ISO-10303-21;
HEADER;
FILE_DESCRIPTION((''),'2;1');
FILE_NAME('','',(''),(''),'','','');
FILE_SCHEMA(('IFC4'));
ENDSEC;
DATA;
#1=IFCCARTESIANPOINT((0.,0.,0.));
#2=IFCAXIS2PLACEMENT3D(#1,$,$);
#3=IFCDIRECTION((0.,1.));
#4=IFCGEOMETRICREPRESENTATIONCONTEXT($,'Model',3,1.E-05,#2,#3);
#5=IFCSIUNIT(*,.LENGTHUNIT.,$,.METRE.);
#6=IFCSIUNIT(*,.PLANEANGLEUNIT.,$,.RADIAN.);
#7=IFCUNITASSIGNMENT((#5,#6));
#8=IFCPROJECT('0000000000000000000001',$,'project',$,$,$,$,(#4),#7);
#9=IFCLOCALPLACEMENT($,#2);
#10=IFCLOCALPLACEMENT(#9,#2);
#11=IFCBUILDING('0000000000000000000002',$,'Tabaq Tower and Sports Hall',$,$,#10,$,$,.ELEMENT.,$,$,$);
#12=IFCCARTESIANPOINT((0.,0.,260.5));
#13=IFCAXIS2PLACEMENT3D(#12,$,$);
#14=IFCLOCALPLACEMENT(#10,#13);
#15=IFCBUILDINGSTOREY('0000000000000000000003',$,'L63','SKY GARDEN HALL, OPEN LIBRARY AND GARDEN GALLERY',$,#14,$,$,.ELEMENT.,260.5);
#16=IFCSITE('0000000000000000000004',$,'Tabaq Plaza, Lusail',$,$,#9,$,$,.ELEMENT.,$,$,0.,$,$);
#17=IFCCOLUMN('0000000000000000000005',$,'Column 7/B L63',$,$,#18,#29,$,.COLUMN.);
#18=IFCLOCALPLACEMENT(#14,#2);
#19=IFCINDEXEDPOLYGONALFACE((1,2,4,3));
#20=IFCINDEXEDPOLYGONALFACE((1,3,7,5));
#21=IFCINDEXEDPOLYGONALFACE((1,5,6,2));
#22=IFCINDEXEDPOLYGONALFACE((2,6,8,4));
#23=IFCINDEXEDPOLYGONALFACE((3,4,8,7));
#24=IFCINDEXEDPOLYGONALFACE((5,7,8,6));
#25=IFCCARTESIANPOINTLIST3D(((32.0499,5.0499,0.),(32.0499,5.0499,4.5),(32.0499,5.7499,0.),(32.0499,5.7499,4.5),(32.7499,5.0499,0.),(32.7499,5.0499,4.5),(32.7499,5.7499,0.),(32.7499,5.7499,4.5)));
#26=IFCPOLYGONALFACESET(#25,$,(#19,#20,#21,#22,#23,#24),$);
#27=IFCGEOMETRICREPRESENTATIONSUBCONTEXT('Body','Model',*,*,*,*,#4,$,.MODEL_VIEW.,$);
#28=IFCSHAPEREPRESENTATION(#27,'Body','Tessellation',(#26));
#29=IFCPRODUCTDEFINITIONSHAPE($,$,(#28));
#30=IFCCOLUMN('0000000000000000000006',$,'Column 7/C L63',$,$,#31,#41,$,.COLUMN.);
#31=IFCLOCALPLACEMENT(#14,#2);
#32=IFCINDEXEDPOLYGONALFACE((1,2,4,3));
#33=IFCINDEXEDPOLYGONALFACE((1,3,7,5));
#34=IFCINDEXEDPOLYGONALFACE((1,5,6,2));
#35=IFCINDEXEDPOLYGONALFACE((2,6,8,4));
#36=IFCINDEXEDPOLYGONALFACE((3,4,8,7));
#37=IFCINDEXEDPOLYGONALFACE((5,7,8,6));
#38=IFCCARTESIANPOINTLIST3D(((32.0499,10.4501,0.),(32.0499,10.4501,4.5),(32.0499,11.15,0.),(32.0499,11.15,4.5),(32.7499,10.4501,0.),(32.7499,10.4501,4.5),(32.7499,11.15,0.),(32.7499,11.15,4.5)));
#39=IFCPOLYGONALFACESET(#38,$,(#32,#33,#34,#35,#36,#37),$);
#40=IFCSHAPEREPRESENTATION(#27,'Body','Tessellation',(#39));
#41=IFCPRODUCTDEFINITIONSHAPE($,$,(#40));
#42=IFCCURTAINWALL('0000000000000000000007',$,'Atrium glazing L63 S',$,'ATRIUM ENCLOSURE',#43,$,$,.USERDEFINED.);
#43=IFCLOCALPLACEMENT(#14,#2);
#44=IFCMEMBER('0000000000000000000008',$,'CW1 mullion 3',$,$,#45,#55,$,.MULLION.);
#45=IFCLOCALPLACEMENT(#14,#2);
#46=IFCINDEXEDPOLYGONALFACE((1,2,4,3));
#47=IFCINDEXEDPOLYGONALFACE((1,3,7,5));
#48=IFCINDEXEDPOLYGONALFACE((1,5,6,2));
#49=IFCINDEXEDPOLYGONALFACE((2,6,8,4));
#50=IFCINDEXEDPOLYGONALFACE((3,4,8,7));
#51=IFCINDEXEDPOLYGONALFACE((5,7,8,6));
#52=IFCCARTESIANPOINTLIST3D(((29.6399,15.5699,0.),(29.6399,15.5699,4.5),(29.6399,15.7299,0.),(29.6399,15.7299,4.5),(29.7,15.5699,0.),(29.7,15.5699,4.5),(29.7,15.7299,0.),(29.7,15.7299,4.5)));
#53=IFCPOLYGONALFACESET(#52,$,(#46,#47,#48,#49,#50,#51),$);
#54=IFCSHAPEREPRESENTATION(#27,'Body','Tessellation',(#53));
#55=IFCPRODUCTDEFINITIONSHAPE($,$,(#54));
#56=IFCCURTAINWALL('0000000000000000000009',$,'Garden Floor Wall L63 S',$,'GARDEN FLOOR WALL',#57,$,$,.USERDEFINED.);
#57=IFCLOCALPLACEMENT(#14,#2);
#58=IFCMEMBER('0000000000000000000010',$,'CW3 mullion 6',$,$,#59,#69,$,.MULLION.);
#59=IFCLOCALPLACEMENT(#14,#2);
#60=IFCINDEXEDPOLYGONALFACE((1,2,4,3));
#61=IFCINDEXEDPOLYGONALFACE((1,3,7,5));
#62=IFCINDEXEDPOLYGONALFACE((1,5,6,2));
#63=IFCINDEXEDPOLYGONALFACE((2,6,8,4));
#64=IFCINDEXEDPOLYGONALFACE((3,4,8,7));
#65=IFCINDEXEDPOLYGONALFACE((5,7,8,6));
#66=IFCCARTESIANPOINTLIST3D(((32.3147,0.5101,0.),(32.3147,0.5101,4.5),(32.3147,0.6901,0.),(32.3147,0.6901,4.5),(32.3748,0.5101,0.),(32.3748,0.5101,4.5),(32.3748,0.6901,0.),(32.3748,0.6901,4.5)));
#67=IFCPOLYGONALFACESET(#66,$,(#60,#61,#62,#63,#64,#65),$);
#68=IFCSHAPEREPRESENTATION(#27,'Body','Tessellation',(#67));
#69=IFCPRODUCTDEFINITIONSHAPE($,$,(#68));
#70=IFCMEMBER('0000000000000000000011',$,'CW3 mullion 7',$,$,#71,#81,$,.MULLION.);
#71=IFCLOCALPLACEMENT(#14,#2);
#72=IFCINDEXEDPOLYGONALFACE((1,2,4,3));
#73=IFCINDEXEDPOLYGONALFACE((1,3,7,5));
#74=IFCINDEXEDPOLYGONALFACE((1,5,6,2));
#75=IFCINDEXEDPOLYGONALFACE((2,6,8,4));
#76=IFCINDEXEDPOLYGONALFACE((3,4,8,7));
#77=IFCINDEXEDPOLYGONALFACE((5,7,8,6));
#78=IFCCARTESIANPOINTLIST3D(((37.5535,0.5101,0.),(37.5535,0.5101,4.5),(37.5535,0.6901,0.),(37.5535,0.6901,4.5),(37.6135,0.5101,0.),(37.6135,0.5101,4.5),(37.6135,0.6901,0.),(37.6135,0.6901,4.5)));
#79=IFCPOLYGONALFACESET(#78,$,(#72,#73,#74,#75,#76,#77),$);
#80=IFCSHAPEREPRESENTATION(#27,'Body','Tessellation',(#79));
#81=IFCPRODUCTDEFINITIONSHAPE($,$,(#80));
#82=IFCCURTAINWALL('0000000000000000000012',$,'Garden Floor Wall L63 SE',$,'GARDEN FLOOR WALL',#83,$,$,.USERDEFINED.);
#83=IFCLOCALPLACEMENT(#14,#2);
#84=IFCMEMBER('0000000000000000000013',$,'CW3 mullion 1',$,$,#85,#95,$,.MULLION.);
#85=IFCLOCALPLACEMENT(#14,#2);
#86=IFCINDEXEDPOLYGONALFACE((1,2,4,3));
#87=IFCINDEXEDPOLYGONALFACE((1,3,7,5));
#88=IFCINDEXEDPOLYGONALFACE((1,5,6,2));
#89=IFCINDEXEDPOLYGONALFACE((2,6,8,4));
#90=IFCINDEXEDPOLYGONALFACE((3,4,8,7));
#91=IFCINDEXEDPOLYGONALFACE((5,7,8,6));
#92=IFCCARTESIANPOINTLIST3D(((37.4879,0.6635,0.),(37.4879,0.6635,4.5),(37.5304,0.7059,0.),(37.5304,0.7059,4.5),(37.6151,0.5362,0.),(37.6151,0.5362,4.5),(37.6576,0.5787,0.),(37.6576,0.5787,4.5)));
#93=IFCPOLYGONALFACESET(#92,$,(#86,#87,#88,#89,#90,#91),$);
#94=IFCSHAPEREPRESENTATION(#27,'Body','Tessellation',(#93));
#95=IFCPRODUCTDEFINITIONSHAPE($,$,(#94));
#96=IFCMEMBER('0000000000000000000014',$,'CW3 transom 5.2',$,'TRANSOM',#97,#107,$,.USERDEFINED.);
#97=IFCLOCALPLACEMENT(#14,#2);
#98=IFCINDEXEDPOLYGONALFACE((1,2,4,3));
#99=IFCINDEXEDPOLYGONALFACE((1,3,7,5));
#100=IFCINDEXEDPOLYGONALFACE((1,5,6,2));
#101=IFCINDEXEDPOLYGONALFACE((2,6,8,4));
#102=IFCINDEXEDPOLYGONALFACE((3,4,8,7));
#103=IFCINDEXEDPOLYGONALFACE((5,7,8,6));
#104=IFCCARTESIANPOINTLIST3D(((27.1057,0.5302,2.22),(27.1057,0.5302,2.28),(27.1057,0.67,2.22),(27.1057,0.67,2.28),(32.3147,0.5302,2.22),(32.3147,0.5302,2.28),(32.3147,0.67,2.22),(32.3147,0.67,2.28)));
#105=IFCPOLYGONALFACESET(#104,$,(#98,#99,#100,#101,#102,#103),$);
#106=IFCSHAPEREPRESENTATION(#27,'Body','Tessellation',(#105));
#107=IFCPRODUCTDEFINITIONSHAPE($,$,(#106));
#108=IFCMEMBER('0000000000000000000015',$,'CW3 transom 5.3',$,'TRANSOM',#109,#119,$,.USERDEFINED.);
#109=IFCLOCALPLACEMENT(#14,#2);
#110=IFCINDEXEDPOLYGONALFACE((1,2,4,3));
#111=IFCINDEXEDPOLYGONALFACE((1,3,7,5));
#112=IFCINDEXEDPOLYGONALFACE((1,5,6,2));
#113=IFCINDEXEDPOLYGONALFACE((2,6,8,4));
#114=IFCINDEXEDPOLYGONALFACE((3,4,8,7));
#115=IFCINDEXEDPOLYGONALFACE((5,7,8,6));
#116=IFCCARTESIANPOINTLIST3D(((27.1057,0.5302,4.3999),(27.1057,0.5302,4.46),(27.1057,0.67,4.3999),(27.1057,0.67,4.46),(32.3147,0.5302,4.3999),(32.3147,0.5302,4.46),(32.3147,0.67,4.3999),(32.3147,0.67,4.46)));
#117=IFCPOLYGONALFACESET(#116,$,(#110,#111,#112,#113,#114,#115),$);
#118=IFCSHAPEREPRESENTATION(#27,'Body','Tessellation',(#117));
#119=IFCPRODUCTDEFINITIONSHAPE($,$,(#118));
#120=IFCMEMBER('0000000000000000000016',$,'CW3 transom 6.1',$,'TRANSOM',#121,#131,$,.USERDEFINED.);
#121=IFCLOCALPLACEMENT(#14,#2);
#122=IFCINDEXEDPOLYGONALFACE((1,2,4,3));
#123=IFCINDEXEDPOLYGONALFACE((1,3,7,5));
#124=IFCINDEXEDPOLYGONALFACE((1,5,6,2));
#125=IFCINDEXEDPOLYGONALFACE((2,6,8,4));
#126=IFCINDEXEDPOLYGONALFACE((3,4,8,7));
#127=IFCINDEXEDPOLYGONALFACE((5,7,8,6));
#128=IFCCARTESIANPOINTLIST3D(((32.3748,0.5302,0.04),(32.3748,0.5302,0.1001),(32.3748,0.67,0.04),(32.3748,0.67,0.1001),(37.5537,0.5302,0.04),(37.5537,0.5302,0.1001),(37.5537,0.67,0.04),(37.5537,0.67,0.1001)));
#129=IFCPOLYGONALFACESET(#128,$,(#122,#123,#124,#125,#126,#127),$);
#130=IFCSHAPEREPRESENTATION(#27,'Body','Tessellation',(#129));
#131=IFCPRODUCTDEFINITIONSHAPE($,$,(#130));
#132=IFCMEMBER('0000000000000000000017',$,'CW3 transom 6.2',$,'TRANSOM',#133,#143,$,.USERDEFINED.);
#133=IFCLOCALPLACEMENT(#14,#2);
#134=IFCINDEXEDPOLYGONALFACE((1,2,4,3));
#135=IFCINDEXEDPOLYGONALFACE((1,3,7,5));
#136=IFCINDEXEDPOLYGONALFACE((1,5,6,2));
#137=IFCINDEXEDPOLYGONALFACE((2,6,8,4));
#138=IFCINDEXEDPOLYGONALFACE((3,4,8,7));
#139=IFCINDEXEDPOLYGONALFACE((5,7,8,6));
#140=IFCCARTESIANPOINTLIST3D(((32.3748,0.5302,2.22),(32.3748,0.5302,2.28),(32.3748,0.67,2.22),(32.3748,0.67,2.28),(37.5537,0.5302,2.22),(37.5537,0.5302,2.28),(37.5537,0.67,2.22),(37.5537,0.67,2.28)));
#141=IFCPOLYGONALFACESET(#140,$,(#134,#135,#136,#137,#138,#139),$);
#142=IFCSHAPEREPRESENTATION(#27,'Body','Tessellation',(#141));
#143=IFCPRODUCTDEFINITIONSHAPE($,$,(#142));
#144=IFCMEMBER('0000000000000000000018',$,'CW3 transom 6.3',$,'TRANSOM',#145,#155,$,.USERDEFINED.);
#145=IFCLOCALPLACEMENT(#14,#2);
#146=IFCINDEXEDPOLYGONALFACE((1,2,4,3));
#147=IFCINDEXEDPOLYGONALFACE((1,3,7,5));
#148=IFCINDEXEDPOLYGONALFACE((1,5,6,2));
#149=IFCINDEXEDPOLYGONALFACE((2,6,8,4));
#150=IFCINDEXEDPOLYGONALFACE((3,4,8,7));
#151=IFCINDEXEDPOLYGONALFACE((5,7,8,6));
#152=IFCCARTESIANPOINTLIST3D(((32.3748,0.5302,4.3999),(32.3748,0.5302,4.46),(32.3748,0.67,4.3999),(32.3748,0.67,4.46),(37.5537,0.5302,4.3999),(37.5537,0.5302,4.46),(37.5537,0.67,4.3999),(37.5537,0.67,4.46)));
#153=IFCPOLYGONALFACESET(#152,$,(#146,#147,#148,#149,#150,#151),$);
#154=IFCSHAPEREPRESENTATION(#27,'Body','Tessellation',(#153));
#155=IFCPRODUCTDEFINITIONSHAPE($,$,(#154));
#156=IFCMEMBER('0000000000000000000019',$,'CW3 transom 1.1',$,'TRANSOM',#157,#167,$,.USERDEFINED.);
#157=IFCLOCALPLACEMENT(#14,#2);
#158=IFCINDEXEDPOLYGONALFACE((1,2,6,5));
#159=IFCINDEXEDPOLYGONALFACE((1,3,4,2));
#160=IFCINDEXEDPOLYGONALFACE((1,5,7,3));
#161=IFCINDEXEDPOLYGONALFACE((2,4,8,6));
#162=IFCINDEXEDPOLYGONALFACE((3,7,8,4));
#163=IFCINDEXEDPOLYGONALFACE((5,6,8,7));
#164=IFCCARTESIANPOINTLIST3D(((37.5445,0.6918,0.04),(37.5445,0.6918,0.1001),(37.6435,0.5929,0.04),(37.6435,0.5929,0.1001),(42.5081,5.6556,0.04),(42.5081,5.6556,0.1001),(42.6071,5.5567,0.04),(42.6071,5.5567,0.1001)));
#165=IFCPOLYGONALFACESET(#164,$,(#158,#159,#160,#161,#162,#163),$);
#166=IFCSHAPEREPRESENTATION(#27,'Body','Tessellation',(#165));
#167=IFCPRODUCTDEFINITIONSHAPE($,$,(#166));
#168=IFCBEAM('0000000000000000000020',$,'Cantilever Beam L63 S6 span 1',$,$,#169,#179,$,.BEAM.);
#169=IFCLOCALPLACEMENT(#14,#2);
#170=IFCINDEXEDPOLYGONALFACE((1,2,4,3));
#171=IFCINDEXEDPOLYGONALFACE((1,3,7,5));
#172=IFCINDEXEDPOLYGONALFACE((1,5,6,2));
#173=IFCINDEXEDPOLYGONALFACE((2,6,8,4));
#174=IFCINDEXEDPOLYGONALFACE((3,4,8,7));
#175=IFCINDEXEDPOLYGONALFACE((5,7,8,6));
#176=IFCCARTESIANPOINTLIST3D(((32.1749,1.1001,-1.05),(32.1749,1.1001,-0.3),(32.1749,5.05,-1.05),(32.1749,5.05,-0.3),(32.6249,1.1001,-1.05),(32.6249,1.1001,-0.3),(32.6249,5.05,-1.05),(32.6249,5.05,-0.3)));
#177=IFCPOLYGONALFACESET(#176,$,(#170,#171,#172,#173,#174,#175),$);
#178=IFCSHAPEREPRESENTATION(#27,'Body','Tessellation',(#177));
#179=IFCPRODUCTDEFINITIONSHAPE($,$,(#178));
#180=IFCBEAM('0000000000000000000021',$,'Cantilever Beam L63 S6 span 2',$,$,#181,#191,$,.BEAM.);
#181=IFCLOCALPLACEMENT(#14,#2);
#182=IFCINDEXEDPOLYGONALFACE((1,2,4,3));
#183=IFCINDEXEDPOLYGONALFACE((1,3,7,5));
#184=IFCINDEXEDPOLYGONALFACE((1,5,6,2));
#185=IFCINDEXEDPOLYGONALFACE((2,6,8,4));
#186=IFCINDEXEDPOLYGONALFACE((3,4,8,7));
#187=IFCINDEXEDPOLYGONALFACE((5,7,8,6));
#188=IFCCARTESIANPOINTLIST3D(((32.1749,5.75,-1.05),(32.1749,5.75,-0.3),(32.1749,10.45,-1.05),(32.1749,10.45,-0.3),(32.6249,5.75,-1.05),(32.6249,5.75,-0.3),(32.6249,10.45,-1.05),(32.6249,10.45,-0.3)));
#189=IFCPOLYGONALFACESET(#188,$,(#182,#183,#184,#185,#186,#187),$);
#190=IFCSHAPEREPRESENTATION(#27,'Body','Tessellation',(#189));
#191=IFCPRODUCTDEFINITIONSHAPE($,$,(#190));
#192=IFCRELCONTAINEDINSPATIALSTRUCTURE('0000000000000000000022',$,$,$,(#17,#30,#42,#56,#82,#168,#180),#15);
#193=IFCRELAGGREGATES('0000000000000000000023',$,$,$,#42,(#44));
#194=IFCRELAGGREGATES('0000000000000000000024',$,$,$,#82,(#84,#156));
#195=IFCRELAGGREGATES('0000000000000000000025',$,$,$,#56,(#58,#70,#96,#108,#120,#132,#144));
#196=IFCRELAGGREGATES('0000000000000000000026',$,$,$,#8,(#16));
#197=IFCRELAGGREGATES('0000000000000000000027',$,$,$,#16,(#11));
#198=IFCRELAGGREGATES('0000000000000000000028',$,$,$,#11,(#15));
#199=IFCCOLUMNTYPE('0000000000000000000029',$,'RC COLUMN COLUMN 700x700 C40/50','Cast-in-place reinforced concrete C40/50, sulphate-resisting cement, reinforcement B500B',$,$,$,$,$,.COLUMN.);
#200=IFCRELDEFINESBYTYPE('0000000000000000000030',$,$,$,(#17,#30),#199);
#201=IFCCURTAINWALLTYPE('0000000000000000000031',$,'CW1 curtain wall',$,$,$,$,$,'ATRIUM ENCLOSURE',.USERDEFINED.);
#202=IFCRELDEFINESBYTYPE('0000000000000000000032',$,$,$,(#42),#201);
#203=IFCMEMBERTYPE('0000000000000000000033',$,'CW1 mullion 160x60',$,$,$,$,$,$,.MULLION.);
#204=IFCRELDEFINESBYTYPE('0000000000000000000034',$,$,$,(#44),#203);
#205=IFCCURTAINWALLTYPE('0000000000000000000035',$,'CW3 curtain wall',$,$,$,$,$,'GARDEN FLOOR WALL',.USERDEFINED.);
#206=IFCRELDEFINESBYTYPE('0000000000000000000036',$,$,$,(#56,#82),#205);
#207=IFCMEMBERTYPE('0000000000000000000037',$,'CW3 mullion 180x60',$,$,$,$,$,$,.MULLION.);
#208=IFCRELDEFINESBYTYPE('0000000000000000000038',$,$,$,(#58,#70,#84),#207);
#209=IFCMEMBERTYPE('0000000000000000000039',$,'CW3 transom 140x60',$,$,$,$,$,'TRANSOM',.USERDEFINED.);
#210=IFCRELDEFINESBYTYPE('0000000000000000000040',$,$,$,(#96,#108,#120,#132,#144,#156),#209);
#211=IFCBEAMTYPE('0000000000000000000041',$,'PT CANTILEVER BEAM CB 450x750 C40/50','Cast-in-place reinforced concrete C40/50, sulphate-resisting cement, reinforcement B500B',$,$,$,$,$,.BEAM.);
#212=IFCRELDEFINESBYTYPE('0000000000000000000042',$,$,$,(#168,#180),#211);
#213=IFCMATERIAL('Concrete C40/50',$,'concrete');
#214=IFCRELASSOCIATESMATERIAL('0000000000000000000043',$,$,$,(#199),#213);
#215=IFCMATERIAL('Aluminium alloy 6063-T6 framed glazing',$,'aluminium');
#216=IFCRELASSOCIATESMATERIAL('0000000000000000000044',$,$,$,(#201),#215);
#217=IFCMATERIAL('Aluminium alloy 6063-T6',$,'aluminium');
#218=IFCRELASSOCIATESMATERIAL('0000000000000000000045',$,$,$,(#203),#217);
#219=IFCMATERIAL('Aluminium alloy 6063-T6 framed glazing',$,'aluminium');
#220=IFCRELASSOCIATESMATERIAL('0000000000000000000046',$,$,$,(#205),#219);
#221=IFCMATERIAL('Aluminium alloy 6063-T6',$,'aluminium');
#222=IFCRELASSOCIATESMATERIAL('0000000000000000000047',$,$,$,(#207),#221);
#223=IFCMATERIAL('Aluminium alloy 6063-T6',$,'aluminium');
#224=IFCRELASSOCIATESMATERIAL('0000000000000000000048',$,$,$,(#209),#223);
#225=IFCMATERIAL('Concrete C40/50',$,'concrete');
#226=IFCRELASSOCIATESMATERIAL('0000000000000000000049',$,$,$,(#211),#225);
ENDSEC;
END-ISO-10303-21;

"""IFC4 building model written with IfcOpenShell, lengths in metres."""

from ifc_helpers import new_model, si_unit, direction, frame, origin, origin_2d, place, context, subcontext, project, spatial, rectangle, extrude, material, material_profile, profile_set, type_object, element, aggregate, save


model = new_model("IFC4")

# Units and contexts
model_context = context("Model", 3, precision=1e-05, world=origin(), true_north=direction((0.0, 1.0)))
body_context = subcontext(model_context, "Body", "Model", "MODEL_VIEW")
ifc_project = project(units=[si_unit("LENGTHUNIT", "METRE"), si_unit("PLANEANGLEUNIT", "RADIAN")], contexts=[model_context])

# Site, building, storey
site_placement = place(None, origin())
site = spatial("IfcSite", under=ifc_project, at=site_placement, Name="Tabaq Plaza, Lusail", CompositionType="ELEMENT", RefElevation=0.0)
building_placement = place(site_placement, origin())
building = spatial("IfcBuilding", under=site, at=building_placement, Name="Tabaq Tower and Sports Hall", CompositionType="ELEMENT")
storey_placement = place(building_placement, frame((0.0, 0.0, 260.5)))
storey = spatial("IfcBuildingStorey", under=building, at=storey_placement, Name="L63", Description="SKY GARDEN HALL, OPEN LIBRARY AND GARDEN GALLERY", CompositionType="ELEMENT", Elevation=260.5)

# Columns
ifc_material_1 = material(Name="Concrete C40/50", Category="concrete")
ifc_material_profile_1 = material_profile(ifc_material_1, rectangle(XDim=0.7, YDim=0.7, at=origin_2d()), Name="COLUMN 700x700")
ifc_profile_set_1 = profile_set([ifc_material_profile_1], Name="Concrete C40/50")
column_type = type_object("IfcColumnType", Name="RC COLUMN COLUMN 700x700 C40/50", Description="Cast-in-place reinforced concrete C40/50, sulphate-resisting cement, reinforcement B500B", PredefinedType="COLUMN", material=ifc_profile_set_1)
for number, where, z_axis, x_axis, name in (
    (1, (32.3999, 5.3999, 0.0), (0.0, 0.0, 1.0), (1.0, 0.0, 0.0), "Column 7/B L63"),
    (2, (32.3999, 10.8, 0.0), (0.0, 0.0, 1.0), (1.0, 0.0, 0.0), "Column 7/C L63"),
):
    element("IfcColumn", number, at=place(storey_placement, frame(where, z_axis=z_axis, x_axis=x_axis)), inside=storey, type_object=column_type, Name=name, PredefinedType="COLUMN", context=body_context, shape_type="SweptSolid", body=[
        extrude(rectangle(XDim=0.7, YDim=0.7, at=origin_2d()), origin(), (0.0, 0.0, 1.0), 4.5),
    ])

# Curtain wall, member
ifc_material_2 = material(Name="Aluminium alloy 6063-T6 framed glazing", Category="aluminium")
curtain_wall_type_1 = type_object("IfcCurtainWallType", Name="CW1 curtain wall", ElementType="ATRIUM ENCLOSURE", PredefinedType="USERDEFINED", material=ifc_material_2)
curtain_wall_1_placement = place(storey_placement, origin())
curtain_wall_1 = element("IfcCurtainWall", 3, at=curtain_wall_1_placement, inside=storey, type_object=curtain_wall_type_1, Name="Atrium glazing L63 S", ObjectType="ATRIUM ENCLOSURE", PredefinedType="USERDEFINED")
ifc_material_3 = material(Name="Aluminium alloy 6063-T6", Category="aluminium")
ifc_material_profile_2 = material_profile(ifc_material_3, rectangle(XDim=0.1599, YDim=0.0601, at=origin_2d()), Name="MULLION 160x60")
ifc_profile_set_2 = profile_set([ifc_material_profile_2], Name="Aluminium alloy 6063-T6")
member_type_1 = type_object("IfcMemberType", Name="CW1 mullion 160x60", PredefinedType="MULLION", material=ifc_profile_set_2)
member_1_placement = place(storey_placement, frame((29.6699, 15.6499, 0.0), z_axis=(0.0, 0.0, 1.0), x_axis=(0.0, 1.0, 0.0)))
member_1 = element("IfcMember", 4, at=member_1_placement, type_object=member_type_1, Name="CW1 mullion 3", PredefinedType="MULLION", context=body_context, shape_type="SweptSolid", body=[
    extrude(rectangle(XDim=0.1599, YDim=0.0601, at=origin_2d()), origin(), (0.0, 0.0, 1.0), 4.5),
])
aggregate(curtain_wall_1, [member_1])

# Curtain wall, members
ifc_material_4 = material(Name="Aluminium alloy 6063-T6 framed glazing", Category="aluminium")
curtain_wall_type_2 = type_object("IfcCurtainWallType", Name="CW3 curtain wall", ElementType="GARDEN FLOOR WALL", PredefinedType="USERDEFINED", material=ifc_material_4)
curtain_wall_2_placement = place(storey_placement, origin())
curtain_wall_2 = element("IfcCurtainWall", 5, at=curtain_wall_2_placement, inside=storey, type_object=curtain_wall_type_2, Name="Garden Floor Wall L63 S", ObjectType="GARDEN FLOOR WALL", PredefinedType="USERDEFINED")
ifc_material_5 = material(Name="Aluminium alloy 6063-T6", Category="aluminium")
ifc_material_profile_3 = material_profile(ifc_material_5, rectangle(XDim=0.1799, YDim=0.0601, at=origin_2d()), Name="MULLION 180x60")
ifc_profile_set_3 = profile_set([ifc_material_profile_3], Name="Aluminium alloy 6063-T6")
member_type_2 = type_object("IfcMemberType", Name="CW3 mullion 180x60", PredefinedType="MULLION", material=ifc_profile_set_3)
member_2_placement = place(storey_placement, frame((32.3447, 0.6001, 0.0), z_axis=(0.0, 0.0, 1.0), x_axis=(0.0, 1.0, 0.0)))
member_2 = element("IfcMember", 6, at=member_2_placement, type_object=member_type_2, Name="CW3 mullion 6", PredefinedType="MULLION", context=body_context, shape_type="SweptSolid", body=[
    extrude(rectangle(XDim=0.1799, YDim=0.0601, at=origin_2d()), origin(), (0.0, 0.0, 1.0), 4.5),
])
member_3_placement = place(storey_placement, frame((37.5835, 0.6001, 0.0), z_axis=(0.0, 0.0, 1.0), x_axis=(0.0, 1.0, 0.0)))
member_3 = element("IfcMember", 7, at=member_3_placement, type_object=member_type_2, Name="CW3 mullion 7", PredefinedType="MULLION", context=body_context, shape_type="SweptSolid", body=[
    extrude(rectangle(XDim=0.1799, YDim=0.0601, at=origin_2d()), origin(), (0.0, 0.0, 1.0), 4.5),
])

# Curtain wall, member
curtain_wall_3_placement = place(storey_placement, origin())
curtain_wall_3 = element("IfcCurtainWall", 8, at=curtain_wall_3_placement, inside=storey, type_object=curtain_wall_type_2, Name="Garden Floor Wall L63 SE", ObjectType="GARDEN FLOOR WALL", PredefinedType="USERDEFINED")
member_4_placement = place(storey_placement, frame((37.5728, 0.6211, 0.0), z_axis=(0.0, 0.0, 1.0), x_axis=(-0.707107, 0.707107, 0.0)))
member_4 = element("IfcMember", 9, at=member_4_placement, type_object=member_type_2, Name="CW3 mullion 1", PredefinedType="MULLION", context=body_context, shape_type="SweptSolid", body=[
    extrude(rectangle(XDim=0.1799, YDim=0.0601, at=origin_2d()), origin(), (0.0, 0.0, 1.0), 4.5),
])

# Members
ifc_material_6 = material(Name="Aluminium alloy 6063-T6", Category="aluminium")
ifc_material_profile_4 = material_profile(ifc_material_6, rectangle(XDim=0.1399, YDim=0.0601, at=origin_2d()), Name="TRANSOM 140x60")
ifc_profile_set_4 = profile_set([ifc_material_profile_4], Name="Aluminium alloy 6063-T6")
member_type_3 = type_object("IfcMemberType", Name="CW3 transom 140x60", ElementType="TRANSOM", PredefinedType="USERDEFINED", material=ifc_profile_set_4)
member_5_placement = place(storey_placement, frame((27.1057, 0.6001, 2.25), z_axis=(1.0, 0.0, 0.0), x_axis=(0.0, 1.0, 0.0)))
member_5 = element("IfcMember", 10, at=member_5_placement, type_object=member_type_3, Name="CW3 transom 5.2", ObjectType="TRANSOM", PredefinedType="USERDEFINED", context=body_context, shape_type="SweptSolid", body=[
    extrude(rectangle(XDim=0.1399, YDim=0.0601, at=origin_2d()), origin(), (0.0, 0.0, 1.0), 5.209),
])
member_6_placement = place(storey_placement, frame((27.1057, 0.6001, 4.4299), z_axis=(1.0, 0.0, 0.0), x_axis=(0.0, 1.0, 0.0)))
member_6 = element("IfcMember", 11, at=member_6_placement, type_object=member_type_3, Name="CW3 transom 5.3", ObjectType="TRANSOM", PredefinedType="USERDEFINED", context=body_context, shape_type="SweptSolid", body=[
    extrude(rectangle(XDim=0.1399, YDim=0.0601, at=origin_2d()), origin(), (0.0, 0.0, 1.0), 5.209),
])
member_7_placement = place(storey_placement, frame((32.3748, 0.6001, 0.0701), z_axis=(1.0, 0.0, 0.0), x_axis=(0.0, 1.0, 0.0)))
member_7 = element("IfcMember", 12, at=member_7_placement, type_object=member_type_3, Name="CW3 transom 6.1", ObjectType="TRANSOM", PredefinedType="USERDEFINED", context=body_context, shape_type="SweptSolid", body=[
    extrude(rectangle(XDim=0.1399, YDim=0.0601, at=origin_2d()), origin(), (0.0, 0.0, 1.0), 5.179),
])
member_8_placement = place(storey_placement, frame((32.3748, 0.6001, 2.25), z_axis=(1.0, 0.0, 0.0), x_axis=(0.0, 1.0, 0.0)))
member_8 = element("IfcMember", 13, at=member_8_placement, type_object=member_type_3, Name="CW3 transom 6.2", ObjectType="TRANSOM", PredefinedType="USERDEFINED", context=body_context, shape_type="SweptSolid", body=[
    extrude(rectangle(XDim=0.1399, YDim=0.0601, at=origin_2d()), origin(), (0.0, 0.0, 1.0), 5.179),
])
member_9_placement = place(storey_placement, frame((32.3748, 0.6001, 4.4299), z_axis=(1.0, 0.0, 0.0), x_axis=(0.0, 1.0, 0.0)))
member_9 = element("IfcMember", 14, at=member_9_placement, type_object=member_type_3, Name="CW3 transom 6.3", ObjectType="TRANSOM", PredefinedType="USERDEFINED", context=body_context, shape_type="SweptSolid", body=[
    extrude(rectangle(XDim=0.1399, YDim=0.0601, at=origin_2d()), origin(), (0.0, 0.0, 1.0), 5.179),
])
member_10_placement = place(storey_placement, frame((37.594, 0.6423, 0.0701), z_axis=(0.707089, 0.707124, 0.0), x_axis=(-0.707124, 0.707089, 0.0)))
member_10 = element("IfcMember", 15, at=member_10_placement, type_object=member_type_3, Name="CW3 transom 1.1", ObjectType="TRANSOM", PredefinedType="USERDEFINED", context=body_context, shape_type="SweptSolid", body=[
    extrude(rectangle(XDim=0.1399, YDim=0.0601, at=origin_2d()), origin(), (0.0, 0.0, 1.0), 7.0198),
])
aggregate(curtain_wall_3, [member_4, member_10])

# Beams
ifc_material_7 = material(Name="Concrete C40/50", Category="concrete")
ifc_material_profile_5 = material_profile(ifc_material_7, rectangle(XDim=0.45, YDim=0.75, at=origin_2d()), Name="CB 450x750")
ifc_profile_set_5 = profile_set([ifc_material_profile_5], Name="Concrete C40/50")
beam_type = type_object("IfcBeamType", Name="PT CANTILEVER BEAM CB 450x750 C40/50", Description="Cast-in-place reinforced concrete C40/50, sulphate-resisting cement, reinforcement B500B", PredefinedType="BEAM", material=ifc_profile_set_5)
beam_1_placement = place(storey_placement, frame((32.3999, 1.1001, -0.675), z_axis=(0.0, 1.0, 0.0), x_axis=(-1.0, 0.0, 0.0)))
element("IfcBeam", 16, at=beam_1_placement, inside=storey, type_object=beam_type, Name="Cantilever Beam L63 S6 span 1", PredefinedType="BEAM", context=body_context, shape_type="SweptSolid", body=[
    extrude(rectangle(XDim=0.45, YDim=0.75, at=origin_2d()), origin(), (0.0, 0.0, 1.0), 3.95),
])
beam_2_placement = place(storey_placement, frame((32.3999, 5.75, -0.675), z_axis=(0.0, 1.0, 0.0), x_axis=(-1.0, 0.0, 0.0)))
element("IfcBeam", 17, at=beam_2_placement, inside=storey, type_object=beam_type, Name="Cantilever Beam L63 S6 span 2", PredefinedType="BEAM", context=body_context, shape_type="SweptSolid", body=[
    extrude(rectangle(XDim=0.45, YDim=0.75, at=origin_2d()), origin(), (0.0, 0.0, 1.0), 4.7),
])

aggregate(curtain_wall_2, [member_2, member_3, member_5, member_6, member_7, member_8, member_9])

save(model, "model.ifc")
